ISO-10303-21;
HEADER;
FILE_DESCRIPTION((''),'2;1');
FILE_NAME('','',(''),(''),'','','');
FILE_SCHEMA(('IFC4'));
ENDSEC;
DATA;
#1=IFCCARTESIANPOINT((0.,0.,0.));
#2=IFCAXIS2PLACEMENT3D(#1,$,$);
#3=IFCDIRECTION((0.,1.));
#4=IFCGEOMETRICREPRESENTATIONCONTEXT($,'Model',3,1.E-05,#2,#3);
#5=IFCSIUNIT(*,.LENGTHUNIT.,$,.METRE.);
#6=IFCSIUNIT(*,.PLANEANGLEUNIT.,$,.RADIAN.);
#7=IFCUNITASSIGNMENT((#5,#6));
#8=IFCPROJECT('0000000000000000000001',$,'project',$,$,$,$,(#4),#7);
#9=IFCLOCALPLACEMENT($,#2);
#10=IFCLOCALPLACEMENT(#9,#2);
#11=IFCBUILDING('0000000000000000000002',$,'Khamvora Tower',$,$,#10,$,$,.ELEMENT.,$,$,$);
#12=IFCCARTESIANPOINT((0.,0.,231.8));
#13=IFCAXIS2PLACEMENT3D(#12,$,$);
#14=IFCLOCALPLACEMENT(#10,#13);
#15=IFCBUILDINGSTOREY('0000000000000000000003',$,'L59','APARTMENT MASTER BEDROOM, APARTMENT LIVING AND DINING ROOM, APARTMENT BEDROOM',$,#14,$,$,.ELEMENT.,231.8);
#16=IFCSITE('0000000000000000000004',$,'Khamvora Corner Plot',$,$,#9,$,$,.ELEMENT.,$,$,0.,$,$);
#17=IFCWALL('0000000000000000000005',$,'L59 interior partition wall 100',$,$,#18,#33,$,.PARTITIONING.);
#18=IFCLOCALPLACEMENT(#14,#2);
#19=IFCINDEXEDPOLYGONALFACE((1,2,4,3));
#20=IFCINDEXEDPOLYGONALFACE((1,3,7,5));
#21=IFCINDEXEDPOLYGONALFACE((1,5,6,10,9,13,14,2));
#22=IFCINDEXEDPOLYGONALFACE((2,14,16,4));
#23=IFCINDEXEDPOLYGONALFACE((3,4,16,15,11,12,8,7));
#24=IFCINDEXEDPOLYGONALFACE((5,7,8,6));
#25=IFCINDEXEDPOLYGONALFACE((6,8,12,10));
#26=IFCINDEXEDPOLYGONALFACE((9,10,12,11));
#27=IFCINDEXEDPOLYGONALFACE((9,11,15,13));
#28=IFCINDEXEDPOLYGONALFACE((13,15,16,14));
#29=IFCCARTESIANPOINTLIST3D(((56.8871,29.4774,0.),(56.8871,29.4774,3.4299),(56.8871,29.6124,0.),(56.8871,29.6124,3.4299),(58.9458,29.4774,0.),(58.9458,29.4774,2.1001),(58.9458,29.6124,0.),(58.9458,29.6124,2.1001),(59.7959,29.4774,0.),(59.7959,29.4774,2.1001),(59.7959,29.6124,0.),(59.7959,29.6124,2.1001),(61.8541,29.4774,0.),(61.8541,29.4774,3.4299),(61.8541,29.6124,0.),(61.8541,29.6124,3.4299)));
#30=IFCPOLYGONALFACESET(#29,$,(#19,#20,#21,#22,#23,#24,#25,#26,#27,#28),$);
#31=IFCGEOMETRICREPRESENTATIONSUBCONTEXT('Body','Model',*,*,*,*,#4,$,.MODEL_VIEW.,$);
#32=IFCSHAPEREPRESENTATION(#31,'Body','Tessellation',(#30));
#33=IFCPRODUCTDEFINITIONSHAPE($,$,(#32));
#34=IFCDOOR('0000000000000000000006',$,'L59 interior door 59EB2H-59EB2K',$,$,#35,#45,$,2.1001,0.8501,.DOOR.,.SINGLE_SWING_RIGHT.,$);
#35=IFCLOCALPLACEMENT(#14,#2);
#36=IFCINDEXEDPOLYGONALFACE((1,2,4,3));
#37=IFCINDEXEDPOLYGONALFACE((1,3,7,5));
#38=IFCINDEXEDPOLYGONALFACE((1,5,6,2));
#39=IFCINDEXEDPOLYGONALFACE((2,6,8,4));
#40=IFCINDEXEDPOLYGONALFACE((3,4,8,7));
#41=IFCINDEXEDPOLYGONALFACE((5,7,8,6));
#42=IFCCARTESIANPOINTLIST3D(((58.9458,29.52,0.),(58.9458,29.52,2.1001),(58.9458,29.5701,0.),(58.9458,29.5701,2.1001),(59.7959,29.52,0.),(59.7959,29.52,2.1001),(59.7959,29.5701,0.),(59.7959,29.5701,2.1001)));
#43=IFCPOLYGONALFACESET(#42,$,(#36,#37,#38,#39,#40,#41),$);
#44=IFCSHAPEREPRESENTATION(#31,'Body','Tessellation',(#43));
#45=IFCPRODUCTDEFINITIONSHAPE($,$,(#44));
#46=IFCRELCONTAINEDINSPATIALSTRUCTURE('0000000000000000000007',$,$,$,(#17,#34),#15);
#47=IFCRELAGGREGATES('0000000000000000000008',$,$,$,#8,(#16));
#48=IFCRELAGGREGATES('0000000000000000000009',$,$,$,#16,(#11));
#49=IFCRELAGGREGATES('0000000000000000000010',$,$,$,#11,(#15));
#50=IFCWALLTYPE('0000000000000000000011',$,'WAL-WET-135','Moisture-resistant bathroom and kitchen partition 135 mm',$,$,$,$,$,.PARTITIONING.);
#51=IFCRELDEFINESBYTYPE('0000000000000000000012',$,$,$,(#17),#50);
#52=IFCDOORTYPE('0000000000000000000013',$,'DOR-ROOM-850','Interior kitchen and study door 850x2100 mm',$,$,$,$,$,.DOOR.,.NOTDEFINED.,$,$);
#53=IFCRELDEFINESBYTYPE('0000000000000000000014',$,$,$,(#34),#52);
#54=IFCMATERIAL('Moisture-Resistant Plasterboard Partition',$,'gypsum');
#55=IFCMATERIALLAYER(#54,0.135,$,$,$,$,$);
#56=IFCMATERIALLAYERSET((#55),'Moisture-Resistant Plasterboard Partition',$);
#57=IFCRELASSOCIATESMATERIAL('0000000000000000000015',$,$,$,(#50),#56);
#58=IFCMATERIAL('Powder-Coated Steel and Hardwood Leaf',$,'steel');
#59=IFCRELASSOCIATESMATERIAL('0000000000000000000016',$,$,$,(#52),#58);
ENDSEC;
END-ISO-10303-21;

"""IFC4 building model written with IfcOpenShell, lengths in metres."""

from ifc_helpers import new_model, si_unit, direction, frame, frame_2d, origin, place, context, subcontext, project, spatial, rectangle, extrude, material, layer, layer_set, type_object, element, fill, save


model = new_model("IFC4")

# Units and contexts
model_context = context("Model", 3, precision=1e-05, world=origin(), true_north=direction((0.0, 1.0)))
body_context = subcontext(model_context, "Body", "Model", "MODEL_VIEW")
ifc_project = project(units=[si_unit("LENGTHUNIT", "METRE"), si_unit("PLANEANGLEUNIT", "RADIAN")], contexts=[model_context])

# Site, building, storey
site_placement = place(None, origin())
site = spatial("IfcSite", under=ifc_project, at=site_placement, Name="Khamvora Corner Plot", CompositionType="ELEMENT", RefElevation=0.0)
building_placement = place(site_placement, origin())
building = spatial("IfcBuilding", under=site, at=building_placement, Name="Khamvora Tower", CompositionType="ELEMENT")
storey_placement = place(building_placement, frame((0.0, 0.0, 231.8)))
storey = spatial("IfcBuildingStorey", under=building, at=storey_placement, Name="L59", Description="APARTMENT MASTER BEDROOM, APARTMENT LIVING AND DINING ROOM, APARTMENT BEDROOM", CompositionType="ELEMENT", Elevation=231.8)

# Shared definitions
ifc_material_1 = material(Name="Powder-Coated Steel and Hardwood Leaf", Category="steel")

# Shared definitions
ifc_material_2 = material(Name="Moisture-Resistant Plasterboard Partition", Category="gypsum")
ifc_layer_1 = layer(ifc_material_2, 0.135)
ifc_layer_set_1 = layer_set([ifc_layer_1], Name="Moisture-Resistant Plasterboard Partition")
wall_type_1 = type_object("IfcWallType", Name="WAL-WET-135", Description="Moisture-resistant bathroom and kitchen partition 135 mm", PredefinedType="PARTITIONING", material=ifc_layer_set_1)
door_type_1 = type_object("IfcDoorType", Name="DOR-ROOM-850", Description="Interior kitchen and study door 850x2100 mm", OperationType="NOTDEFINED", PredefinedType="DOOR", material=ifc_material_1)

# Wall, opening, door
wall_1_placement = place(storey_placement, frame((61.854, 29.5449, 0.0), z_axis=(0.0, 0.0, 1.0), x_axis=(-1.0, 0.0, 0.0)))
wall_1 = element("IfcWall", 1, at=wall_1_placement, inside=storey, type_object=wall_type_1, Name="L59 interior partition wall 100", PredefinedType="PARTITIONING", context=body_context, shape_type="SweptSolid", body=[
    extrude(rectangle(XDim=4.967, YDim=0.135, at=frame_2d((2.4834, 0.0))), origin(), (0.0, 0.0, 1.0), 3.4299),
])
opening_1_placement = place(wall_1_placement, frame((2.0581, 0.0, 0.0)))
opening_1 = element("IfcOpeningElement", 2, at=opening_1_placement, cuts=wall_1, PredefinedType="OPENING", context=body_context, shape_type="SweptSolid", body=[
    extrude(rectangle(XDim=0.8501, YDim=2.1001, at=frame_2d((0.425, 1.05))), frame((0.0, 0.0774, 0.0), z_axis=(0.0, -1.0, 0.0), x_axis=(1.0, 0.0, 0.0)), (0.0, 0.0, 1.0), 0.155),
])
door_1_placement = place(opening_1_placement, origin())
door_1 = element("IfcDoor", 3, at=door_1_placement, inside=storey, type_object=door_type_1, Name="L59 interior door 59EB2H-59EB2K", OperationType="SINGLE_SWING_RIGHT", OverallHeight=2.1001, OverallWidth=0.8501, PredefinedType="DOOR", context=body_context, shape_type="SweptSolid", body=[
    extrude(rectangle(XDim=0.8501, YDim=2.1001, at=frame_2d((0.425, 1.05))), frame((0.0, 0.0249, 0.0), z_axis=(0.0, -1.0, 0.0), x_axis=(1.0, 0.0, 0.0)), (0.0, 0.0, 1.0), 0.05),
])
fill(opening_1, door_1)

save(model, "model.ifc")
